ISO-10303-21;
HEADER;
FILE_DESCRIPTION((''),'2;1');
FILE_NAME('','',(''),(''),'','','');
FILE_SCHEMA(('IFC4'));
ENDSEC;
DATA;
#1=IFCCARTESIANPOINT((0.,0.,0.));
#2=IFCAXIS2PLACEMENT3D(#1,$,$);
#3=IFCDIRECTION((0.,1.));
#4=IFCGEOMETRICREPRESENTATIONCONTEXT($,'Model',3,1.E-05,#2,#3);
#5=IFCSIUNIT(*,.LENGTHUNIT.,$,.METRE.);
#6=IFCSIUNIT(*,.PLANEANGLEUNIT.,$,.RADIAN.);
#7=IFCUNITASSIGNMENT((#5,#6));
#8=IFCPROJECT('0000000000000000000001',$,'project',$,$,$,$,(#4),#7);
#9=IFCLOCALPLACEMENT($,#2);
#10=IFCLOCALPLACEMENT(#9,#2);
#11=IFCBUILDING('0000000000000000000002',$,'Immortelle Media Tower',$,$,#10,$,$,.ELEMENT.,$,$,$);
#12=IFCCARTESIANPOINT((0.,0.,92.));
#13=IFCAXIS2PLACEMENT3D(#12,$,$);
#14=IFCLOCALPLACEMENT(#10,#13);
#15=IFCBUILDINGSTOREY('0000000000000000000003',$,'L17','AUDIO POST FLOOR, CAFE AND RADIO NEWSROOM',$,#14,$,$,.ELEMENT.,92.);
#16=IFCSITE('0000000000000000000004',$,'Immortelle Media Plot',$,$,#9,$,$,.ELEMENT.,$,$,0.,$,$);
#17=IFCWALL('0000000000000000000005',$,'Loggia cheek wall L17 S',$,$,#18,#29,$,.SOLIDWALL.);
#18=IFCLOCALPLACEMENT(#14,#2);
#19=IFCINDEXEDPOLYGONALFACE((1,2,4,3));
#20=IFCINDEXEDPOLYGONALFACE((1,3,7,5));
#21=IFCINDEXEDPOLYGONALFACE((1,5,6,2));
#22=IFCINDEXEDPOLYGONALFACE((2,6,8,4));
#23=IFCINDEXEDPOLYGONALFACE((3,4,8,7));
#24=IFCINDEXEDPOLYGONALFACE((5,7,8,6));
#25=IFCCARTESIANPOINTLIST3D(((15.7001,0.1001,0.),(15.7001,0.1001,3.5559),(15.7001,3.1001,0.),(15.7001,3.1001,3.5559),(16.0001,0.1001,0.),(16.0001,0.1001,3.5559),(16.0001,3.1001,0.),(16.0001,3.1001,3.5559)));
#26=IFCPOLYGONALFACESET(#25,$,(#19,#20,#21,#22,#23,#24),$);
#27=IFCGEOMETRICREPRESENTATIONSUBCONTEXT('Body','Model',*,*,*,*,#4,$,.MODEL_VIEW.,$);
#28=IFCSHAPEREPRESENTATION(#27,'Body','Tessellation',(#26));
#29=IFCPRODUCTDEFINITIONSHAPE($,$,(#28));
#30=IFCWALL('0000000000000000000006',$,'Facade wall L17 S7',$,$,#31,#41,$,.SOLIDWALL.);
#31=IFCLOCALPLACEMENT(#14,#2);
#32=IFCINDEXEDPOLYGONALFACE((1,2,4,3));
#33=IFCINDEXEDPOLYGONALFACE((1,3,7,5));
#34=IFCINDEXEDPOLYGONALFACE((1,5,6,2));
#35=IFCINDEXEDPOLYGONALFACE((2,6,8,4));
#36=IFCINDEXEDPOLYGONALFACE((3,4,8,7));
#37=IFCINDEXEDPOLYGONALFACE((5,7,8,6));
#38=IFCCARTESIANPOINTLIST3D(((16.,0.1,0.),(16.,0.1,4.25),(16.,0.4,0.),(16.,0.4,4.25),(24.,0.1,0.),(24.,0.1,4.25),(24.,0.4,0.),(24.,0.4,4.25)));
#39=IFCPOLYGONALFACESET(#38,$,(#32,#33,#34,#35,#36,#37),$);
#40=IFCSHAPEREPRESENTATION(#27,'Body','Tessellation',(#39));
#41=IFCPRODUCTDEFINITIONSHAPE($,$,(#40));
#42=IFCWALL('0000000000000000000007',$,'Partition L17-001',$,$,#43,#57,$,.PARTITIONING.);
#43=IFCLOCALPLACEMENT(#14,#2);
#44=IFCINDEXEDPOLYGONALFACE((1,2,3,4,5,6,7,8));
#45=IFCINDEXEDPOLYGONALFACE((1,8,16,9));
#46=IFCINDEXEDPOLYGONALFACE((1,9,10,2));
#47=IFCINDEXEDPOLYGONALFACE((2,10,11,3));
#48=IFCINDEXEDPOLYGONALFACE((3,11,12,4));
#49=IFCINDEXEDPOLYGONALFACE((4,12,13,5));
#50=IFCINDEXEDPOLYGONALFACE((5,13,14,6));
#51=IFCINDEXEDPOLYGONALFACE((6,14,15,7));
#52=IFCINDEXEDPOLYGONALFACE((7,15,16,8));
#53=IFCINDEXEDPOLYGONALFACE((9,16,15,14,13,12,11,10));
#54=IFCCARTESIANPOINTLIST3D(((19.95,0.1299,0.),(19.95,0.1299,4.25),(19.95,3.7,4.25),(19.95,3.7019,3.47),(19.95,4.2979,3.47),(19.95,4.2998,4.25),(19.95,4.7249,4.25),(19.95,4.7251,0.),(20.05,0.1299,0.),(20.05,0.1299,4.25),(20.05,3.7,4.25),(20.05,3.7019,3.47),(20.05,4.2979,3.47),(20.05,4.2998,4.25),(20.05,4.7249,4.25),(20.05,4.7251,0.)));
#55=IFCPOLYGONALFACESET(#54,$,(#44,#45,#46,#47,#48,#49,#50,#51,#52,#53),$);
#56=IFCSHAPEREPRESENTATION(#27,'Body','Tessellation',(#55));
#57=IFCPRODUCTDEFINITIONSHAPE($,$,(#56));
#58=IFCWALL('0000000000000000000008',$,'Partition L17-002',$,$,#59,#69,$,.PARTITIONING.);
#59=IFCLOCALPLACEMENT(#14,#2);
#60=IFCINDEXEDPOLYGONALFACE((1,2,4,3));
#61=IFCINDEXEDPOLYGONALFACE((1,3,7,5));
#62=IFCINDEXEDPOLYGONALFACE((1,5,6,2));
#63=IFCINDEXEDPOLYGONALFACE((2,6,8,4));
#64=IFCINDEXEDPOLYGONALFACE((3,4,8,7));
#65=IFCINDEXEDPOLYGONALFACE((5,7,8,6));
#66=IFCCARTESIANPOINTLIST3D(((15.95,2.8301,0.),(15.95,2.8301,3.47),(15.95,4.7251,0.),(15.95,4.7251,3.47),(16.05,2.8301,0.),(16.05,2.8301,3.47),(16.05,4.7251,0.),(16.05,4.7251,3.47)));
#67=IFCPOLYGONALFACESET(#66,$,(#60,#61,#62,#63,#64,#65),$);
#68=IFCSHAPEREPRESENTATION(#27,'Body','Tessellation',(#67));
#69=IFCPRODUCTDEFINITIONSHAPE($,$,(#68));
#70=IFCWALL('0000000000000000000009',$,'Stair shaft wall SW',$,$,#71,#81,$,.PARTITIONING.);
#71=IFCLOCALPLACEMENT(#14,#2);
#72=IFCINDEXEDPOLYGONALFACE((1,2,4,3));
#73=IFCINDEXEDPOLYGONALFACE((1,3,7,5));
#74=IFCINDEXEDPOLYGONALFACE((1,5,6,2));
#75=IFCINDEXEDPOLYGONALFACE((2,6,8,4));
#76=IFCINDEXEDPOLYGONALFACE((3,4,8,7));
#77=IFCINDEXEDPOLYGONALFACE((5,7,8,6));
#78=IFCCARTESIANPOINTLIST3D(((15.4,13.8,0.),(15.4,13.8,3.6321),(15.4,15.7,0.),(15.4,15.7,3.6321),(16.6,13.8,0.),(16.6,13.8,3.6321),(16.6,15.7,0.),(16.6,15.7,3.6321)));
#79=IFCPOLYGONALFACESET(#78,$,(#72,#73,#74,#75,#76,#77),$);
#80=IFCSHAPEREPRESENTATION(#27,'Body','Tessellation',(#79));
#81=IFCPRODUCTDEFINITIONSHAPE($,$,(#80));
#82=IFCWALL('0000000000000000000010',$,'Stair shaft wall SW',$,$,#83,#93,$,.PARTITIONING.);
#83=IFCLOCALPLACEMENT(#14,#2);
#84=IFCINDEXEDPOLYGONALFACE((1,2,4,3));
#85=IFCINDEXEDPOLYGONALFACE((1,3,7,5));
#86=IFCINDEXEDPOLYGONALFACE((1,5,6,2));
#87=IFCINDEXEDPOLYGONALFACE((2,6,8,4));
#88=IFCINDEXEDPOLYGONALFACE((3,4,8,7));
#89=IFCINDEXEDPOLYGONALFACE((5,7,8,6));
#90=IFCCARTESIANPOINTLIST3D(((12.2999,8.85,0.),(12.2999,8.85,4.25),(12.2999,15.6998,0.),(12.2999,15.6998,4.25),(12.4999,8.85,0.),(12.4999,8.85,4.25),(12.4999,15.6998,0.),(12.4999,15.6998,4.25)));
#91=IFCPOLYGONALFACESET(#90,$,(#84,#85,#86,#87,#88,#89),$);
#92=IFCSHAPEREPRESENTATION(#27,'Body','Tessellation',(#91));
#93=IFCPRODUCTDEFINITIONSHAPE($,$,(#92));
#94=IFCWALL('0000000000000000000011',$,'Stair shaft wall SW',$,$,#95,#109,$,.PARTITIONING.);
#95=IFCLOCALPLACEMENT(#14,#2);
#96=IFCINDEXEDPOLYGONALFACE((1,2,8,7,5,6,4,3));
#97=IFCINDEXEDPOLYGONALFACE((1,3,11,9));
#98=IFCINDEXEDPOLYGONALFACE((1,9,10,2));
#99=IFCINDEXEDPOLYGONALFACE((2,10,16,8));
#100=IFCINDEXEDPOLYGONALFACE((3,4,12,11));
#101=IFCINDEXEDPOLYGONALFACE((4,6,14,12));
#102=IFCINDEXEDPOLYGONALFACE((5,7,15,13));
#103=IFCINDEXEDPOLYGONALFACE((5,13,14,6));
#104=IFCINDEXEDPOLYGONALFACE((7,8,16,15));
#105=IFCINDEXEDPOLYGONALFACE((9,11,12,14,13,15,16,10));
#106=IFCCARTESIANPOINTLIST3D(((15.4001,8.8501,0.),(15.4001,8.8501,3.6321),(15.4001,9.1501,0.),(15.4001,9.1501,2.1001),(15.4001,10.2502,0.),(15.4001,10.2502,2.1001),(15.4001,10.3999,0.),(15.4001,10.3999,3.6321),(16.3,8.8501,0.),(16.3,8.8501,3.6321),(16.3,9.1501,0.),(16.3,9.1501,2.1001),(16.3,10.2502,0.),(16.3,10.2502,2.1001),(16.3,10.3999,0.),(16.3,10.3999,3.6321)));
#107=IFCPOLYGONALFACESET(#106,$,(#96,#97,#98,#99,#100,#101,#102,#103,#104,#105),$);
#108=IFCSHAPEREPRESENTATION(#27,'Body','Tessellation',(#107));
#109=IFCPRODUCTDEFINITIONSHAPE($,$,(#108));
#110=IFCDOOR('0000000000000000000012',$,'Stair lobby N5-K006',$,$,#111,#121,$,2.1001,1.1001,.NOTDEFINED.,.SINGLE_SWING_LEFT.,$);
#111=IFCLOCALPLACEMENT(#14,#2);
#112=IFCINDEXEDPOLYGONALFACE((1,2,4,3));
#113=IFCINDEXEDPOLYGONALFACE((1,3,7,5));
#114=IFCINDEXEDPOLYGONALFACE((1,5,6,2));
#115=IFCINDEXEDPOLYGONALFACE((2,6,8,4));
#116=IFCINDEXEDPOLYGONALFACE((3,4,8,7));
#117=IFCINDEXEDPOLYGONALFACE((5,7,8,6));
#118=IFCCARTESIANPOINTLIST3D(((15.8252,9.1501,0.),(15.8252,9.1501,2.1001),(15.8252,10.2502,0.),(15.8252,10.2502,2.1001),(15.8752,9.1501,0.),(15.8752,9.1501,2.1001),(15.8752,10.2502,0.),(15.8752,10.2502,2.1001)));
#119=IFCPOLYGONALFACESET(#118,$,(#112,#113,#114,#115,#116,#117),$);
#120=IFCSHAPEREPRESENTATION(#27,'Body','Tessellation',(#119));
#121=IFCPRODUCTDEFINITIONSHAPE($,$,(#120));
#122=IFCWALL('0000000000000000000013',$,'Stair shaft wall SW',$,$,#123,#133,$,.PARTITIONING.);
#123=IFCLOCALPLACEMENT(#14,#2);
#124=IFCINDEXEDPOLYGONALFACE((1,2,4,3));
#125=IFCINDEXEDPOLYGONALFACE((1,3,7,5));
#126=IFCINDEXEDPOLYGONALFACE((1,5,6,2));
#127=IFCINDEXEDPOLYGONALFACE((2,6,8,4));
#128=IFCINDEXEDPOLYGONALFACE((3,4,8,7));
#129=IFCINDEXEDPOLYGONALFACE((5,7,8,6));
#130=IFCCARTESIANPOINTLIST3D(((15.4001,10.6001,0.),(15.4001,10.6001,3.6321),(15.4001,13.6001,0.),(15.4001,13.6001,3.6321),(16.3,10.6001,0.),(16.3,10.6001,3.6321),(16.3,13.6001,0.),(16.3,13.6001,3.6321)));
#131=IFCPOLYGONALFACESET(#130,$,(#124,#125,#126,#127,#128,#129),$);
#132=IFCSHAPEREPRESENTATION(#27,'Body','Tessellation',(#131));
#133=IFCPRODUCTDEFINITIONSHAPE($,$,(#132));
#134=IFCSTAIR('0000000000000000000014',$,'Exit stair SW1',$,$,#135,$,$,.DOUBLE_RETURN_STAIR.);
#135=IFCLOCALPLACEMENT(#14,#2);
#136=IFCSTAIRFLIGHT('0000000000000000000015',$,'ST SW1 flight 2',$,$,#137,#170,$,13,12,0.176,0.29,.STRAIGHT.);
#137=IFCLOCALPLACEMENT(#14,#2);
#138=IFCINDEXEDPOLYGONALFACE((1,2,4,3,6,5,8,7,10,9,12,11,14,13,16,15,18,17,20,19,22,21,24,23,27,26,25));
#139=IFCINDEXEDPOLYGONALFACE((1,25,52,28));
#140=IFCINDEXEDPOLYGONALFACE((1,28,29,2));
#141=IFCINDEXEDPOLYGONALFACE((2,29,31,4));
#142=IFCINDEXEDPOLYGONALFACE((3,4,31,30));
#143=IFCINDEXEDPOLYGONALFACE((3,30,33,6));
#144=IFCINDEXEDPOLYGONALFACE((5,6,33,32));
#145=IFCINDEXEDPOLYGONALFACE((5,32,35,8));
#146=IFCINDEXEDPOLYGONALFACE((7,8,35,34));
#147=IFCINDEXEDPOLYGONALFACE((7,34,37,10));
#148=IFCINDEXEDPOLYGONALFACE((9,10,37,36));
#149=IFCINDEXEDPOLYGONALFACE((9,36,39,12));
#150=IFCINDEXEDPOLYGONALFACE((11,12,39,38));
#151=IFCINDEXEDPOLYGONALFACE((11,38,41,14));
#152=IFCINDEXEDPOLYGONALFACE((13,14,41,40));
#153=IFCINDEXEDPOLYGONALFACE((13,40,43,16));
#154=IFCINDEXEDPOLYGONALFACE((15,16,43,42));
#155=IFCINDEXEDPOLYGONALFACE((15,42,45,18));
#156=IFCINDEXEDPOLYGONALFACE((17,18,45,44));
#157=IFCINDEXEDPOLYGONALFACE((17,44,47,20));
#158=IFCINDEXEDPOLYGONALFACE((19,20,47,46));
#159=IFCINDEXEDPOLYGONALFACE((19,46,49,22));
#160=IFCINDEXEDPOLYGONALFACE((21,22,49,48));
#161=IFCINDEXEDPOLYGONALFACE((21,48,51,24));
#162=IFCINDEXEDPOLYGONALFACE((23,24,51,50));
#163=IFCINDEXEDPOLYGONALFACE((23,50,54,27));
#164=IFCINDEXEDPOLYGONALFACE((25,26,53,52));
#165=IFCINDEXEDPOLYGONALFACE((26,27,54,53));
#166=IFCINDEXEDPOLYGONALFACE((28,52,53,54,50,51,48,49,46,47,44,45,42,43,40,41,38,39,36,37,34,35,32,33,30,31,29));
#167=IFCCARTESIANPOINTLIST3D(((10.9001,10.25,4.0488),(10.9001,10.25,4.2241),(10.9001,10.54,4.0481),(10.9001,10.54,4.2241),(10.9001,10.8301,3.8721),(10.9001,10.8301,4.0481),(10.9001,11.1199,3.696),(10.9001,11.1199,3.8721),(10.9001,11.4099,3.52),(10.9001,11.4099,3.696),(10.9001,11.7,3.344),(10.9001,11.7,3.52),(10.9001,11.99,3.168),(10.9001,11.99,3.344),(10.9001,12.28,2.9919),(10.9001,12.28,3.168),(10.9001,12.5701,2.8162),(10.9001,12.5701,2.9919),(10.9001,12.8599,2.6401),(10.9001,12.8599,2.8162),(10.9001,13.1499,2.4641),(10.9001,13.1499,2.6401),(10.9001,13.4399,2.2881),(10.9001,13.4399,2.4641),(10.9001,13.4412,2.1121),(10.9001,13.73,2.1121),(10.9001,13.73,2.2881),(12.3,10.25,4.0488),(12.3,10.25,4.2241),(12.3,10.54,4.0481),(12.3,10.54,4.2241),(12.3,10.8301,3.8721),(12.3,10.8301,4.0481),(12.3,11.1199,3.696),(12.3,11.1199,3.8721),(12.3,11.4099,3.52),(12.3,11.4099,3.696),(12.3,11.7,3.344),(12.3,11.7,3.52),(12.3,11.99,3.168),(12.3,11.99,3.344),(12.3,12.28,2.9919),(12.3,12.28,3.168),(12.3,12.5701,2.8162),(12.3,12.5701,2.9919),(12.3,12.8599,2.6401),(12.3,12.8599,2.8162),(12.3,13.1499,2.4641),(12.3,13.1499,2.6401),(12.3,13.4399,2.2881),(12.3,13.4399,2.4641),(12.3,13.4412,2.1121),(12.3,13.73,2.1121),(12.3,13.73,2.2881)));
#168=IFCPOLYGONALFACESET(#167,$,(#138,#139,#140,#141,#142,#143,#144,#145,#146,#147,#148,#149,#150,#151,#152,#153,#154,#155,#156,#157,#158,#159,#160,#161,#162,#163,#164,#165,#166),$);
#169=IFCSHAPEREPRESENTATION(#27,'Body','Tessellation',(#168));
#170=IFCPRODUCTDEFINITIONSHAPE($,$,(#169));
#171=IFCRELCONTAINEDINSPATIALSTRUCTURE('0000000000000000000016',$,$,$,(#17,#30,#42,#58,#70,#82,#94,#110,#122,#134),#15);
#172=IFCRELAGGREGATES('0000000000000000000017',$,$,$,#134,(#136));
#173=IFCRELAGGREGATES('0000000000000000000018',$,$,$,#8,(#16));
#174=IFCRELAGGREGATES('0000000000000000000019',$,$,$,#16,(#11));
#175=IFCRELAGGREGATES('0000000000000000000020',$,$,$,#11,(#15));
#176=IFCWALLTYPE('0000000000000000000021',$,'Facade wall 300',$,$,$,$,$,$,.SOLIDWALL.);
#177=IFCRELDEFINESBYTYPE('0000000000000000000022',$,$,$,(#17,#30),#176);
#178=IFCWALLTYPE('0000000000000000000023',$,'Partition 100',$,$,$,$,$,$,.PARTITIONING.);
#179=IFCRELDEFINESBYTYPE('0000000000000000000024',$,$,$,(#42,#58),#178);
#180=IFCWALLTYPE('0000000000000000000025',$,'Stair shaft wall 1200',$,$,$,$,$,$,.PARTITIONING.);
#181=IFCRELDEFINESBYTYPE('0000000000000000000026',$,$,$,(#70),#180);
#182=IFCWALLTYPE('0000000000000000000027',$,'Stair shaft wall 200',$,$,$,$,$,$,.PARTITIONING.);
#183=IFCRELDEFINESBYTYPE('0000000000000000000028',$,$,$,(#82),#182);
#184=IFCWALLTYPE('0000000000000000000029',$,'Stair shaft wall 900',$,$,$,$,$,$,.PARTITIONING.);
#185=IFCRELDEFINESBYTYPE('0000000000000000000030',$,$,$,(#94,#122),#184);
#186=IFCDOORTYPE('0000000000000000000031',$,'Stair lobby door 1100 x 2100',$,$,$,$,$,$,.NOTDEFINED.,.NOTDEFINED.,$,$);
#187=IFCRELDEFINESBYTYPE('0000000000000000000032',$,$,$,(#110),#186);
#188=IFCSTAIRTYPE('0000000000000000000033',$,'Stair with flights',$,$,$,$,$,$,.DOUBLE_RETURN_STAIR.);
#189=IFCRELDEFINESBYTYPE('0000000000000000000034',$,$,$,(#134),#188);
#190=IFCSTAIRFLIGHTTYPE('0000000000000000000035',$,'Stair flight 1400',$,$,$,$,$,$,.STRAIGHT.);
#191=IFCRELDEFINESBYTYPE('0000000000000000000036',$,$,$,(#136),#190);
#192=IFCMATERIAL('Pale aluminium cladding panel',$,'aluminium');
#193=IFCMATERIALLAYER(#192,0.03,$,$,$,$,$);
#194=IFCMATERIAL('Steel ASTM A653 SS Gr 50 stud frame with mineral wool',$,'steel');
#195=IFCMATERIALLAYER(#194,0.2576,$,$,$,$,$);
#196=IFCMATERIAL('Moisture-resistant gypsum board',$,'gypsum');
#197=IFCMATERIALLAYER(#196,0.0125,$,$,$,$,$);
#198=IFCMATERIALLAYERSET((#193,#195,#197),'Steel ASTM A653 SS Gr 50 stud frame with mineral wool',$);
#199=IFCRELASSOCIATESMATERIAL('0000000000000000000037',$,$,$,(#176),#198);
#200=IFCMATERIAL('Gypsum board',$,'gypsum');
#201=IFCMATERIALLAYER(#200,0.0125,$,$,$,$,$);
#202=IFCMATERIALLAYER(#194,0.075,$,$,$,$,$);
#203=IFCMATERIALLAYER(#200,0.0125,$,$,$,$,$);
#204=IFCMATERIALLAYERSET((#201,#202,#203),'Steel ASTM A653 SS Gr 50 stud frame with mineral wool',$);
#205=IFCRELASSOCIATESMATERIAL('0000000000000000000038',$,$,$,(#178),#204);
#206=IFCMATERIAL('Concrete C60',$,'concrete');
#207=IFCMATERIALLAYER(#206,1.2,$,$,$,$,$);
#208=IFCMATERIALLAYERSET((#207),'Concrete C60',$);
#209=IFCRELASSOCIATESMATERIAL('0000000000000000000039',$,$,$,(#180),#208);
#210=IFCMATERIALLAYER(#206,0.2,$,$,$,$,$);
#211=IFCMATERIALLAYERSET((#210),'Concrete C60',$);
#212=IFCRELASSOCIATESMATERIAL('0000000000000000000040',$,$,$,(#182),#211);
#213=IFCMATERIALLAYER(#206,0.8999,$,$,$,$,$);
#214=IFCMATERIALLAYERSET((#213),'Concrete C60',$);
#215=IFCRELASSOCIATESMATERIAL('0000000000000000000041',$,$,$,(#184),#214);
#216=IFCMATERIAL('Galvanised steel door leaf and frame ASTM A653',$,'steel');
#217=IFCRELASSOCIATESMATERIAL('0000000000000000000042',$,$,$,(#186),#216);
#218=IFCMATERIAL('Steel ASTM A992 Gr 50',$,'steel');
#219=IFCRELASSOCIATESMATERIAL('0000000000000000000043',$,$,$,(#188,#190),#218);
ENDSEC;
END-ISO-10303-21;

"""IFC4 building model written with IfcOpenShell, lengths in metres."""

from ifc_helpers import new_model, si_unit, direction, frame, frame_2d, origin, place, context, subcontext, project, spatial, polyline, rectangle, outline, extrude, material, layer, layer_set, type_object, element, fill, aggregate, save


model = new_model("IFC4")

# Units and contexts
model_context = context("Model", 3, precision=1e-05, world=origin(), true_north=direction((0.0, 1.0)))
body_context = subcontext(model_context, "Body", "Model", "MODEL_VIEW")
ifc_project = project(units=[si_unit("LENGTHUNIT", "METRE"), si_unit("PLANEANGLEUNIT", "RADIAN")], contexts=[model_context])

# Site, building, storey
site_placement = place(None, origin())
site = spatial("IfcSite", under=ifc_project, at=site_placement, Name="Immortelle Media Plot", CompositionType="ELEMENT", RefElevation=0.0)
building_placement = place(site_placement, origin())
building = spatial("IfcBuilding", under=site, at=building_placement, Name="Immortelle Media Tower", CompositionType="ELEMENT")
storey_placement = place(building_placement, frame((0.0, 0.0, 92.0)))
storey = spatial("IfcBuildingStorey", under=building, at=storey_placement, Name="L17", Description="AUDIO POST FLOOR, CAFE AND RADIO NEWSROOM", CompositionType="ELEMENT", Elevation=92.0)

# Shared definitions
ifc_material_1 = material(Name="Steel ASTM A992 Gr 50", Category="steel")

# Shared definitions
ifc_material_2 = material(Name="Steel ASTM A653 SS Gr 50 stud frame with mineral wool", Category="steel")

# Walls
ifc_material_3 = material(Name="Pale aluminium cladding panel", Category="aluminium")
ifc_layer_1 = layer(ifc_material_3, 0.03)
ifc_layer_2 = layer(ifc_material_2, 0.2576)
ifc_material_4 = material(Name="Moisture-resistant gypsum board", Category="gypsum")
ifc_layer_3 = layer(ifc_material_4, 0.0125)
ifc_layer_set_1 = layer_set([ifc_layer_1, ifc_layer_2, ifc_layer_3], Name="Steel ASTM A653 SS Gr 50 stud frame with mineral wool")
wall_type_1 = type_object("IfcWallType", Name="Facade wall 300", PredefinedType="SOLIDWALL", material=ifc_layer_set_1)
wall_1_placement = place(storey_placement, frame((15.8501, 0.1001, 0.0), z_axis=(0.0, 0.0, 1.0), x_axis=(0.0, 1.0, 0.0)))
element("IfcWall", 1, at=wall_1_placement, inside=storey, type_object=wall_type_1, Name="Loggia cheek wall L17 S", PredefinedType="SOLIDWALL", context=body_context, shape_type="SweptSolid", body=[
    extrude(rectangle(XDim=3.0, YDim=0.3, at=frame_2d((1.5, 0.0))), origin(), (0.0, 0.0, 1.0), 3.5559),
])
wall_2_placement = place(storey_placement, frame((16.0, 0.25, 0.0), z_axis=(0.0, 0.0, 1.0), x_axis=(1.0, 0.0, 0.0)))
element("IfcWall", 2, at=wall_2_placement, inside=storey, type_object=wall_type_1, Name="Facade wall L17 S7", PredefinedType="SOLIDWALL", context=body_context, shape_type="SweptSolid", body=[
    extrude(rectangle(XDim=8.0, YDim=0.3, at=frame_2d((4.0, 0.0))), origin(), (0.0, 0.0, 1.0), 4.25),
])
ifc_material_5 = material(Name="Gypsum board", Category="gypsum")
ifc_layer_4 = layer(ifc_material_5, 0.0125)
ifc_layer_5 = layer(ifc_material_2, 0.075)
ifc_layer_6 = layer(ifc_material_5, 0.0125)
ifc_layer_set_2 = layer_set([ifc_layer_4, ifc_layer_5, ifc_layer_6], Name="Steel ASTM A653 SS Gr 50 stud frame with mineral wool")
wall_type_2 = type_object("IfcWallType", Name="Partition 100", PredefinedType="PARTITIONING", material=ifc_layer_set_2)
wall_3_placement = place(storey_placement, frame((20.0, 0.1299, 0.0), z_axis=(0.0, 0.0, 1.0), x_axis=(0.0, 1.0, 0.0)))
element("IfcWall", 3, at=wall_3_placement, inside=storey, type_object=wall_type_2, Name="Partition L17-001", PredefinedType="PARTITIONING", context=body_context, shape_type="SweptSolid", body=[
    extrude(outline(polyline([(0.0, 0.0), (4.5952, 0.0), (4.595, 4.25), (4.1699, 4.25), (4.168, 3.47), (3.572, 3.47), (3.5701, 4.25), (0.0, 4.25), (0.0, 0.0)])), frame((0.0, 0.05, 0.0), z_axis=(0.0, -1.0, 0.0), x_axis=(1.0, 0.0, 0.0)), (0.0, 0.0, 1.0), 0.1001),
])
wall_4_placement = place(storey_placement, frame((16.0, 2.8301, 0.0), z_axis=(0.0, 0.0, 1.0), x_axis=(0.0, 1.0, 0.0)))
element("IfcWall", 4, at=wall_4_placement, inside=storey, type_object=wall_type_2, Name="Partition L17-002", PredefinedType="PARTITIONING", context=body_context, shape_type="SweptSolid", body=[
    extrude(rectangle(XDim=1.895, YDim=0.1001, at=frame_2d((0.9475, 0.0))), origin(), (0.0, 0.0, 1.0), 3.47),
])
ifc_material_6 = material(Name="Concrete C60", Category="concrete")
ifc_layer_7 = layer(ifc_material_6, 1.2)
ifc_layer_set_3 = layer_set([ifc_layer_7], Name="Concrete C60")
wall_type_3 = type_object("IfcWallType", Name="Stair shaft wall 1200", PredefinedType="PARTITIONING", material=ifc_layer_set_3)
wall_5_placement = place(storey_placement, frame((16.0, 13.8, 0.0), z_axis=(0.0, 0.0, 1.0), x_axis=(0.0, 1.0, 0.0)))
element("IfcWall", 5, at=wall_5_placement, inside=storey, type_object=wall_type_3, Name="Stair shaft wall SW", PredefinedType="PARTITIONING", context=body_context, shape_type="SweptSolid", body=[
    extrude(rectangle(XDim=1.8999, YDim=1.2, at=frame_2d((0.95, 0.0))), origin(), (0.0, 0.0, 1.0), 3.6321),
])
ifc_layer_8 = layer(ifc_material_6, 0.2)
ifc_layer_set_4 = layer_set([ifc_layer_8], Name="Concrete C60")
wall_type_4 = type_object("IfcWallType", Name="Stair shaft wall 200", PredefinedType="PARTITIONING", material=ifc_layer_set_4)
wall_6_placement = place(storey_placement, frame((12.3999, 8.8501, 0.0), z_axis=(0.0, 0.0, 1.0), x_axis=(0.0, 1.0, 0.0)))
element("IfcWall", 6, at=wall_6_placement, inside=storey, type_object=wall_type_4, Name="Stair shaft wall SW", PredefinedType="PARTITIONING", context=body_context, shape_type="SweptSolid", body=[
    extrude(rectangle(XDim=6.8499, YDim=0.2, at=frame_2d((3.4248, 0.0))), origin(), (0.0, 0.0, 1.0), 4.25),
])

# Wall, opening, door
ifc_layer_9 = layer(ifc_material_6, 0.8999)
ifc_layer_set_5 = layer_set([ifc_layer_9], Name="Concrete C60")
wall_type_5 = type_object("IfcWallType", Name="Stair shaft wall 900", PredefinedType="PARTITIONING", material=ifc_layer_set_5)
wall_7_placement = place(storey_placement, frame((15.8501, 8.8501, 0.0), z_axis=(0.0, 0.0, 1.0), x_axis=(0.0, 1.0, 0.0)))
wall_7 = element("IfcWall", 7, at=wall_7_placement, inside=storey, type_object=wall_type_5, Name="Stair shaft wall SW", PredefinedType="PARTITIONING", context=body_context, shape_type="SweptSolid", body=[
    extrude(rectangle(XDim=1.5498, YDim=0.8999, at=frame_2d((0.7749, 0.0))), origin(), (0.0, 0.0, 1.0), 3.6321),
])
opening_1_placement = place(wall_7_placement, frame((0.3, 0.0, 0.0)))
opening_1 = element("IfcOpeningElement", 8, at=opening_1_placement, cuts=wall_7, PredefinedType="OPENING", context=body_context, shape_type="SweptSolid", body=[
    extrude(rectangle(XDim=1.1001, YDim=2.1001, at=frame_2d((0.55, 1.05))), frame((0.0, 0.46, 0.0), z_axis=(0.0, -1.0, 0.0), x_axis=(1.0, 0.0, 0.0)), (0.0, 0.0, 1.0), 0.9199),
])
ifc_material_7 = material(Name="Galvanised steel door leaf and frame ASTM A653", Category="steel")
door_type_1 = type_object("IfcDoorType", Name="Stair lobby door 1100 x 2100", OperationType="NOTDEFINED", PredefinedType="NOTDEFINED", material=ifc_material_7)
door_1_placement = place(opening_1_placement, origin())
door_1 = element("IfcDoor", 9, at=door_1_placement, inside=storey, type_object=door_type_1, Name="Stair lobby N5-K006", OperationType="SINGLE_SWING_LEFT", OverallHeight=2.1001, OverallWidth=1.1001, PredefinedType="NOTDEFINED", context=body_context, shape_type="SweptSolid", body=[
    extrude(rectangle(XDim=1.1001, YDim=2.1001, at=frame_2d((0.55, 1.05))), frame((0.0, 0.0249, 0.0), z_axis=(0.0, -1.0, 0.0), x_axis=(1.0, 0.0, 0.0)), (0.0, 0.0, 1.0), 0.05),
])
fill(opening_1, door_1)

# Wall
wall_8_placement = place(storey_placement, frame((15.8501, 10.6001, 0.0), z_axis=(0.0, 0.0, 1.0), x_axis=(0.0, 1.0, 0.0)))
element("IfcWall", 10, at=wall_8_placement, inside=storey, type_object=wall_type_5, Name="Stair shaft wall SW", PredefinedType="PARTITIONING", context=body_context, shape_type="SweptSolid", body=[
    extrude(rectangle(XDim=3.0, YDim=0.8999, at=frame_2d((1.5, 0.0))), origin(), (0.0, 0.0, 1.0), 3.6321),
])

# Stair, stair flight
stair_type = type_object("IfcStairType", Name="Stair with flights", PredefinedType="DOUBLE_RETURN_STAIR", material=ifc_material_1)
stair_1_placement = place(storey_placement, origin())
stair_1 = element("IfcStair", 11, at=stair_1_placement, inside=storey, type_object=stair_type, Name="Exit stair SW1", PredefinedType="DOUBLE_RETURN_STAIR")
stair_flight_type = type_object("IfcStairFlightType", Name="Stair flight 1400", PredefinedType="STRAIGHT", material=ifc_material_1)
stair_flight_1_placement = place(storey_placement, frame((11.6001, 13.73, 2.1121), z_axis=(0.0, 0.0, 1.0), x_axis=(0.0, -1.0, 0.0)))
stair_flight_1 = element("IfcStairFlight", 12, at=stair_flight_1_placement, type_object=stair_flight_type, Name="ST SW1 flight 2", NumberOfRisers=13, NumberOfTreads=12, PredefinedType="STRAIGHT", RiserHeight=0.176, TreadLength=0.29, context=body_context, shape_type="SweptSolid", body=[
    extrude(outline(polyline([(0.0, 0.0), (0.0, 0.176), (0.29, 0.176), (0.29, 0.3521), (0.5801, 0.3521), (0.5801, 0.5281), (0.8701, 0.5281), (0.8701, 0.7041), (1.1599, 0.7041), (1.1599, 0.8799), (1.45, 0.8799), (1.45, 1.0559), (1.74, 1.0559), (1.74, 1.2319), (2.03, 1.2319), (2.03, 1.408), (2.3201, 1.408), (2.3201, 1.584), (2.6101, 1.584), (2.6101, 1.76), (2.8999, 1.76), (2.8999, 1.936), (3.1899, 1.936), (3.1899, 2.1121), (3.48, 2.1121), (3.48, 2.2881), (3.48, 1.9368), (0.2888, 0.0), (0.0, 0.0)])), frame((0.0, 0.7, 0.0), z_axis=(0.0, -1.0, 0.0), x_axis=(1.0, 0.0, 0.0)), (0.0, 0.0, 1.0), 1.3999),
])
aggregate(stair_1, [stair_flight_1])

save(model, "model.ifc")
